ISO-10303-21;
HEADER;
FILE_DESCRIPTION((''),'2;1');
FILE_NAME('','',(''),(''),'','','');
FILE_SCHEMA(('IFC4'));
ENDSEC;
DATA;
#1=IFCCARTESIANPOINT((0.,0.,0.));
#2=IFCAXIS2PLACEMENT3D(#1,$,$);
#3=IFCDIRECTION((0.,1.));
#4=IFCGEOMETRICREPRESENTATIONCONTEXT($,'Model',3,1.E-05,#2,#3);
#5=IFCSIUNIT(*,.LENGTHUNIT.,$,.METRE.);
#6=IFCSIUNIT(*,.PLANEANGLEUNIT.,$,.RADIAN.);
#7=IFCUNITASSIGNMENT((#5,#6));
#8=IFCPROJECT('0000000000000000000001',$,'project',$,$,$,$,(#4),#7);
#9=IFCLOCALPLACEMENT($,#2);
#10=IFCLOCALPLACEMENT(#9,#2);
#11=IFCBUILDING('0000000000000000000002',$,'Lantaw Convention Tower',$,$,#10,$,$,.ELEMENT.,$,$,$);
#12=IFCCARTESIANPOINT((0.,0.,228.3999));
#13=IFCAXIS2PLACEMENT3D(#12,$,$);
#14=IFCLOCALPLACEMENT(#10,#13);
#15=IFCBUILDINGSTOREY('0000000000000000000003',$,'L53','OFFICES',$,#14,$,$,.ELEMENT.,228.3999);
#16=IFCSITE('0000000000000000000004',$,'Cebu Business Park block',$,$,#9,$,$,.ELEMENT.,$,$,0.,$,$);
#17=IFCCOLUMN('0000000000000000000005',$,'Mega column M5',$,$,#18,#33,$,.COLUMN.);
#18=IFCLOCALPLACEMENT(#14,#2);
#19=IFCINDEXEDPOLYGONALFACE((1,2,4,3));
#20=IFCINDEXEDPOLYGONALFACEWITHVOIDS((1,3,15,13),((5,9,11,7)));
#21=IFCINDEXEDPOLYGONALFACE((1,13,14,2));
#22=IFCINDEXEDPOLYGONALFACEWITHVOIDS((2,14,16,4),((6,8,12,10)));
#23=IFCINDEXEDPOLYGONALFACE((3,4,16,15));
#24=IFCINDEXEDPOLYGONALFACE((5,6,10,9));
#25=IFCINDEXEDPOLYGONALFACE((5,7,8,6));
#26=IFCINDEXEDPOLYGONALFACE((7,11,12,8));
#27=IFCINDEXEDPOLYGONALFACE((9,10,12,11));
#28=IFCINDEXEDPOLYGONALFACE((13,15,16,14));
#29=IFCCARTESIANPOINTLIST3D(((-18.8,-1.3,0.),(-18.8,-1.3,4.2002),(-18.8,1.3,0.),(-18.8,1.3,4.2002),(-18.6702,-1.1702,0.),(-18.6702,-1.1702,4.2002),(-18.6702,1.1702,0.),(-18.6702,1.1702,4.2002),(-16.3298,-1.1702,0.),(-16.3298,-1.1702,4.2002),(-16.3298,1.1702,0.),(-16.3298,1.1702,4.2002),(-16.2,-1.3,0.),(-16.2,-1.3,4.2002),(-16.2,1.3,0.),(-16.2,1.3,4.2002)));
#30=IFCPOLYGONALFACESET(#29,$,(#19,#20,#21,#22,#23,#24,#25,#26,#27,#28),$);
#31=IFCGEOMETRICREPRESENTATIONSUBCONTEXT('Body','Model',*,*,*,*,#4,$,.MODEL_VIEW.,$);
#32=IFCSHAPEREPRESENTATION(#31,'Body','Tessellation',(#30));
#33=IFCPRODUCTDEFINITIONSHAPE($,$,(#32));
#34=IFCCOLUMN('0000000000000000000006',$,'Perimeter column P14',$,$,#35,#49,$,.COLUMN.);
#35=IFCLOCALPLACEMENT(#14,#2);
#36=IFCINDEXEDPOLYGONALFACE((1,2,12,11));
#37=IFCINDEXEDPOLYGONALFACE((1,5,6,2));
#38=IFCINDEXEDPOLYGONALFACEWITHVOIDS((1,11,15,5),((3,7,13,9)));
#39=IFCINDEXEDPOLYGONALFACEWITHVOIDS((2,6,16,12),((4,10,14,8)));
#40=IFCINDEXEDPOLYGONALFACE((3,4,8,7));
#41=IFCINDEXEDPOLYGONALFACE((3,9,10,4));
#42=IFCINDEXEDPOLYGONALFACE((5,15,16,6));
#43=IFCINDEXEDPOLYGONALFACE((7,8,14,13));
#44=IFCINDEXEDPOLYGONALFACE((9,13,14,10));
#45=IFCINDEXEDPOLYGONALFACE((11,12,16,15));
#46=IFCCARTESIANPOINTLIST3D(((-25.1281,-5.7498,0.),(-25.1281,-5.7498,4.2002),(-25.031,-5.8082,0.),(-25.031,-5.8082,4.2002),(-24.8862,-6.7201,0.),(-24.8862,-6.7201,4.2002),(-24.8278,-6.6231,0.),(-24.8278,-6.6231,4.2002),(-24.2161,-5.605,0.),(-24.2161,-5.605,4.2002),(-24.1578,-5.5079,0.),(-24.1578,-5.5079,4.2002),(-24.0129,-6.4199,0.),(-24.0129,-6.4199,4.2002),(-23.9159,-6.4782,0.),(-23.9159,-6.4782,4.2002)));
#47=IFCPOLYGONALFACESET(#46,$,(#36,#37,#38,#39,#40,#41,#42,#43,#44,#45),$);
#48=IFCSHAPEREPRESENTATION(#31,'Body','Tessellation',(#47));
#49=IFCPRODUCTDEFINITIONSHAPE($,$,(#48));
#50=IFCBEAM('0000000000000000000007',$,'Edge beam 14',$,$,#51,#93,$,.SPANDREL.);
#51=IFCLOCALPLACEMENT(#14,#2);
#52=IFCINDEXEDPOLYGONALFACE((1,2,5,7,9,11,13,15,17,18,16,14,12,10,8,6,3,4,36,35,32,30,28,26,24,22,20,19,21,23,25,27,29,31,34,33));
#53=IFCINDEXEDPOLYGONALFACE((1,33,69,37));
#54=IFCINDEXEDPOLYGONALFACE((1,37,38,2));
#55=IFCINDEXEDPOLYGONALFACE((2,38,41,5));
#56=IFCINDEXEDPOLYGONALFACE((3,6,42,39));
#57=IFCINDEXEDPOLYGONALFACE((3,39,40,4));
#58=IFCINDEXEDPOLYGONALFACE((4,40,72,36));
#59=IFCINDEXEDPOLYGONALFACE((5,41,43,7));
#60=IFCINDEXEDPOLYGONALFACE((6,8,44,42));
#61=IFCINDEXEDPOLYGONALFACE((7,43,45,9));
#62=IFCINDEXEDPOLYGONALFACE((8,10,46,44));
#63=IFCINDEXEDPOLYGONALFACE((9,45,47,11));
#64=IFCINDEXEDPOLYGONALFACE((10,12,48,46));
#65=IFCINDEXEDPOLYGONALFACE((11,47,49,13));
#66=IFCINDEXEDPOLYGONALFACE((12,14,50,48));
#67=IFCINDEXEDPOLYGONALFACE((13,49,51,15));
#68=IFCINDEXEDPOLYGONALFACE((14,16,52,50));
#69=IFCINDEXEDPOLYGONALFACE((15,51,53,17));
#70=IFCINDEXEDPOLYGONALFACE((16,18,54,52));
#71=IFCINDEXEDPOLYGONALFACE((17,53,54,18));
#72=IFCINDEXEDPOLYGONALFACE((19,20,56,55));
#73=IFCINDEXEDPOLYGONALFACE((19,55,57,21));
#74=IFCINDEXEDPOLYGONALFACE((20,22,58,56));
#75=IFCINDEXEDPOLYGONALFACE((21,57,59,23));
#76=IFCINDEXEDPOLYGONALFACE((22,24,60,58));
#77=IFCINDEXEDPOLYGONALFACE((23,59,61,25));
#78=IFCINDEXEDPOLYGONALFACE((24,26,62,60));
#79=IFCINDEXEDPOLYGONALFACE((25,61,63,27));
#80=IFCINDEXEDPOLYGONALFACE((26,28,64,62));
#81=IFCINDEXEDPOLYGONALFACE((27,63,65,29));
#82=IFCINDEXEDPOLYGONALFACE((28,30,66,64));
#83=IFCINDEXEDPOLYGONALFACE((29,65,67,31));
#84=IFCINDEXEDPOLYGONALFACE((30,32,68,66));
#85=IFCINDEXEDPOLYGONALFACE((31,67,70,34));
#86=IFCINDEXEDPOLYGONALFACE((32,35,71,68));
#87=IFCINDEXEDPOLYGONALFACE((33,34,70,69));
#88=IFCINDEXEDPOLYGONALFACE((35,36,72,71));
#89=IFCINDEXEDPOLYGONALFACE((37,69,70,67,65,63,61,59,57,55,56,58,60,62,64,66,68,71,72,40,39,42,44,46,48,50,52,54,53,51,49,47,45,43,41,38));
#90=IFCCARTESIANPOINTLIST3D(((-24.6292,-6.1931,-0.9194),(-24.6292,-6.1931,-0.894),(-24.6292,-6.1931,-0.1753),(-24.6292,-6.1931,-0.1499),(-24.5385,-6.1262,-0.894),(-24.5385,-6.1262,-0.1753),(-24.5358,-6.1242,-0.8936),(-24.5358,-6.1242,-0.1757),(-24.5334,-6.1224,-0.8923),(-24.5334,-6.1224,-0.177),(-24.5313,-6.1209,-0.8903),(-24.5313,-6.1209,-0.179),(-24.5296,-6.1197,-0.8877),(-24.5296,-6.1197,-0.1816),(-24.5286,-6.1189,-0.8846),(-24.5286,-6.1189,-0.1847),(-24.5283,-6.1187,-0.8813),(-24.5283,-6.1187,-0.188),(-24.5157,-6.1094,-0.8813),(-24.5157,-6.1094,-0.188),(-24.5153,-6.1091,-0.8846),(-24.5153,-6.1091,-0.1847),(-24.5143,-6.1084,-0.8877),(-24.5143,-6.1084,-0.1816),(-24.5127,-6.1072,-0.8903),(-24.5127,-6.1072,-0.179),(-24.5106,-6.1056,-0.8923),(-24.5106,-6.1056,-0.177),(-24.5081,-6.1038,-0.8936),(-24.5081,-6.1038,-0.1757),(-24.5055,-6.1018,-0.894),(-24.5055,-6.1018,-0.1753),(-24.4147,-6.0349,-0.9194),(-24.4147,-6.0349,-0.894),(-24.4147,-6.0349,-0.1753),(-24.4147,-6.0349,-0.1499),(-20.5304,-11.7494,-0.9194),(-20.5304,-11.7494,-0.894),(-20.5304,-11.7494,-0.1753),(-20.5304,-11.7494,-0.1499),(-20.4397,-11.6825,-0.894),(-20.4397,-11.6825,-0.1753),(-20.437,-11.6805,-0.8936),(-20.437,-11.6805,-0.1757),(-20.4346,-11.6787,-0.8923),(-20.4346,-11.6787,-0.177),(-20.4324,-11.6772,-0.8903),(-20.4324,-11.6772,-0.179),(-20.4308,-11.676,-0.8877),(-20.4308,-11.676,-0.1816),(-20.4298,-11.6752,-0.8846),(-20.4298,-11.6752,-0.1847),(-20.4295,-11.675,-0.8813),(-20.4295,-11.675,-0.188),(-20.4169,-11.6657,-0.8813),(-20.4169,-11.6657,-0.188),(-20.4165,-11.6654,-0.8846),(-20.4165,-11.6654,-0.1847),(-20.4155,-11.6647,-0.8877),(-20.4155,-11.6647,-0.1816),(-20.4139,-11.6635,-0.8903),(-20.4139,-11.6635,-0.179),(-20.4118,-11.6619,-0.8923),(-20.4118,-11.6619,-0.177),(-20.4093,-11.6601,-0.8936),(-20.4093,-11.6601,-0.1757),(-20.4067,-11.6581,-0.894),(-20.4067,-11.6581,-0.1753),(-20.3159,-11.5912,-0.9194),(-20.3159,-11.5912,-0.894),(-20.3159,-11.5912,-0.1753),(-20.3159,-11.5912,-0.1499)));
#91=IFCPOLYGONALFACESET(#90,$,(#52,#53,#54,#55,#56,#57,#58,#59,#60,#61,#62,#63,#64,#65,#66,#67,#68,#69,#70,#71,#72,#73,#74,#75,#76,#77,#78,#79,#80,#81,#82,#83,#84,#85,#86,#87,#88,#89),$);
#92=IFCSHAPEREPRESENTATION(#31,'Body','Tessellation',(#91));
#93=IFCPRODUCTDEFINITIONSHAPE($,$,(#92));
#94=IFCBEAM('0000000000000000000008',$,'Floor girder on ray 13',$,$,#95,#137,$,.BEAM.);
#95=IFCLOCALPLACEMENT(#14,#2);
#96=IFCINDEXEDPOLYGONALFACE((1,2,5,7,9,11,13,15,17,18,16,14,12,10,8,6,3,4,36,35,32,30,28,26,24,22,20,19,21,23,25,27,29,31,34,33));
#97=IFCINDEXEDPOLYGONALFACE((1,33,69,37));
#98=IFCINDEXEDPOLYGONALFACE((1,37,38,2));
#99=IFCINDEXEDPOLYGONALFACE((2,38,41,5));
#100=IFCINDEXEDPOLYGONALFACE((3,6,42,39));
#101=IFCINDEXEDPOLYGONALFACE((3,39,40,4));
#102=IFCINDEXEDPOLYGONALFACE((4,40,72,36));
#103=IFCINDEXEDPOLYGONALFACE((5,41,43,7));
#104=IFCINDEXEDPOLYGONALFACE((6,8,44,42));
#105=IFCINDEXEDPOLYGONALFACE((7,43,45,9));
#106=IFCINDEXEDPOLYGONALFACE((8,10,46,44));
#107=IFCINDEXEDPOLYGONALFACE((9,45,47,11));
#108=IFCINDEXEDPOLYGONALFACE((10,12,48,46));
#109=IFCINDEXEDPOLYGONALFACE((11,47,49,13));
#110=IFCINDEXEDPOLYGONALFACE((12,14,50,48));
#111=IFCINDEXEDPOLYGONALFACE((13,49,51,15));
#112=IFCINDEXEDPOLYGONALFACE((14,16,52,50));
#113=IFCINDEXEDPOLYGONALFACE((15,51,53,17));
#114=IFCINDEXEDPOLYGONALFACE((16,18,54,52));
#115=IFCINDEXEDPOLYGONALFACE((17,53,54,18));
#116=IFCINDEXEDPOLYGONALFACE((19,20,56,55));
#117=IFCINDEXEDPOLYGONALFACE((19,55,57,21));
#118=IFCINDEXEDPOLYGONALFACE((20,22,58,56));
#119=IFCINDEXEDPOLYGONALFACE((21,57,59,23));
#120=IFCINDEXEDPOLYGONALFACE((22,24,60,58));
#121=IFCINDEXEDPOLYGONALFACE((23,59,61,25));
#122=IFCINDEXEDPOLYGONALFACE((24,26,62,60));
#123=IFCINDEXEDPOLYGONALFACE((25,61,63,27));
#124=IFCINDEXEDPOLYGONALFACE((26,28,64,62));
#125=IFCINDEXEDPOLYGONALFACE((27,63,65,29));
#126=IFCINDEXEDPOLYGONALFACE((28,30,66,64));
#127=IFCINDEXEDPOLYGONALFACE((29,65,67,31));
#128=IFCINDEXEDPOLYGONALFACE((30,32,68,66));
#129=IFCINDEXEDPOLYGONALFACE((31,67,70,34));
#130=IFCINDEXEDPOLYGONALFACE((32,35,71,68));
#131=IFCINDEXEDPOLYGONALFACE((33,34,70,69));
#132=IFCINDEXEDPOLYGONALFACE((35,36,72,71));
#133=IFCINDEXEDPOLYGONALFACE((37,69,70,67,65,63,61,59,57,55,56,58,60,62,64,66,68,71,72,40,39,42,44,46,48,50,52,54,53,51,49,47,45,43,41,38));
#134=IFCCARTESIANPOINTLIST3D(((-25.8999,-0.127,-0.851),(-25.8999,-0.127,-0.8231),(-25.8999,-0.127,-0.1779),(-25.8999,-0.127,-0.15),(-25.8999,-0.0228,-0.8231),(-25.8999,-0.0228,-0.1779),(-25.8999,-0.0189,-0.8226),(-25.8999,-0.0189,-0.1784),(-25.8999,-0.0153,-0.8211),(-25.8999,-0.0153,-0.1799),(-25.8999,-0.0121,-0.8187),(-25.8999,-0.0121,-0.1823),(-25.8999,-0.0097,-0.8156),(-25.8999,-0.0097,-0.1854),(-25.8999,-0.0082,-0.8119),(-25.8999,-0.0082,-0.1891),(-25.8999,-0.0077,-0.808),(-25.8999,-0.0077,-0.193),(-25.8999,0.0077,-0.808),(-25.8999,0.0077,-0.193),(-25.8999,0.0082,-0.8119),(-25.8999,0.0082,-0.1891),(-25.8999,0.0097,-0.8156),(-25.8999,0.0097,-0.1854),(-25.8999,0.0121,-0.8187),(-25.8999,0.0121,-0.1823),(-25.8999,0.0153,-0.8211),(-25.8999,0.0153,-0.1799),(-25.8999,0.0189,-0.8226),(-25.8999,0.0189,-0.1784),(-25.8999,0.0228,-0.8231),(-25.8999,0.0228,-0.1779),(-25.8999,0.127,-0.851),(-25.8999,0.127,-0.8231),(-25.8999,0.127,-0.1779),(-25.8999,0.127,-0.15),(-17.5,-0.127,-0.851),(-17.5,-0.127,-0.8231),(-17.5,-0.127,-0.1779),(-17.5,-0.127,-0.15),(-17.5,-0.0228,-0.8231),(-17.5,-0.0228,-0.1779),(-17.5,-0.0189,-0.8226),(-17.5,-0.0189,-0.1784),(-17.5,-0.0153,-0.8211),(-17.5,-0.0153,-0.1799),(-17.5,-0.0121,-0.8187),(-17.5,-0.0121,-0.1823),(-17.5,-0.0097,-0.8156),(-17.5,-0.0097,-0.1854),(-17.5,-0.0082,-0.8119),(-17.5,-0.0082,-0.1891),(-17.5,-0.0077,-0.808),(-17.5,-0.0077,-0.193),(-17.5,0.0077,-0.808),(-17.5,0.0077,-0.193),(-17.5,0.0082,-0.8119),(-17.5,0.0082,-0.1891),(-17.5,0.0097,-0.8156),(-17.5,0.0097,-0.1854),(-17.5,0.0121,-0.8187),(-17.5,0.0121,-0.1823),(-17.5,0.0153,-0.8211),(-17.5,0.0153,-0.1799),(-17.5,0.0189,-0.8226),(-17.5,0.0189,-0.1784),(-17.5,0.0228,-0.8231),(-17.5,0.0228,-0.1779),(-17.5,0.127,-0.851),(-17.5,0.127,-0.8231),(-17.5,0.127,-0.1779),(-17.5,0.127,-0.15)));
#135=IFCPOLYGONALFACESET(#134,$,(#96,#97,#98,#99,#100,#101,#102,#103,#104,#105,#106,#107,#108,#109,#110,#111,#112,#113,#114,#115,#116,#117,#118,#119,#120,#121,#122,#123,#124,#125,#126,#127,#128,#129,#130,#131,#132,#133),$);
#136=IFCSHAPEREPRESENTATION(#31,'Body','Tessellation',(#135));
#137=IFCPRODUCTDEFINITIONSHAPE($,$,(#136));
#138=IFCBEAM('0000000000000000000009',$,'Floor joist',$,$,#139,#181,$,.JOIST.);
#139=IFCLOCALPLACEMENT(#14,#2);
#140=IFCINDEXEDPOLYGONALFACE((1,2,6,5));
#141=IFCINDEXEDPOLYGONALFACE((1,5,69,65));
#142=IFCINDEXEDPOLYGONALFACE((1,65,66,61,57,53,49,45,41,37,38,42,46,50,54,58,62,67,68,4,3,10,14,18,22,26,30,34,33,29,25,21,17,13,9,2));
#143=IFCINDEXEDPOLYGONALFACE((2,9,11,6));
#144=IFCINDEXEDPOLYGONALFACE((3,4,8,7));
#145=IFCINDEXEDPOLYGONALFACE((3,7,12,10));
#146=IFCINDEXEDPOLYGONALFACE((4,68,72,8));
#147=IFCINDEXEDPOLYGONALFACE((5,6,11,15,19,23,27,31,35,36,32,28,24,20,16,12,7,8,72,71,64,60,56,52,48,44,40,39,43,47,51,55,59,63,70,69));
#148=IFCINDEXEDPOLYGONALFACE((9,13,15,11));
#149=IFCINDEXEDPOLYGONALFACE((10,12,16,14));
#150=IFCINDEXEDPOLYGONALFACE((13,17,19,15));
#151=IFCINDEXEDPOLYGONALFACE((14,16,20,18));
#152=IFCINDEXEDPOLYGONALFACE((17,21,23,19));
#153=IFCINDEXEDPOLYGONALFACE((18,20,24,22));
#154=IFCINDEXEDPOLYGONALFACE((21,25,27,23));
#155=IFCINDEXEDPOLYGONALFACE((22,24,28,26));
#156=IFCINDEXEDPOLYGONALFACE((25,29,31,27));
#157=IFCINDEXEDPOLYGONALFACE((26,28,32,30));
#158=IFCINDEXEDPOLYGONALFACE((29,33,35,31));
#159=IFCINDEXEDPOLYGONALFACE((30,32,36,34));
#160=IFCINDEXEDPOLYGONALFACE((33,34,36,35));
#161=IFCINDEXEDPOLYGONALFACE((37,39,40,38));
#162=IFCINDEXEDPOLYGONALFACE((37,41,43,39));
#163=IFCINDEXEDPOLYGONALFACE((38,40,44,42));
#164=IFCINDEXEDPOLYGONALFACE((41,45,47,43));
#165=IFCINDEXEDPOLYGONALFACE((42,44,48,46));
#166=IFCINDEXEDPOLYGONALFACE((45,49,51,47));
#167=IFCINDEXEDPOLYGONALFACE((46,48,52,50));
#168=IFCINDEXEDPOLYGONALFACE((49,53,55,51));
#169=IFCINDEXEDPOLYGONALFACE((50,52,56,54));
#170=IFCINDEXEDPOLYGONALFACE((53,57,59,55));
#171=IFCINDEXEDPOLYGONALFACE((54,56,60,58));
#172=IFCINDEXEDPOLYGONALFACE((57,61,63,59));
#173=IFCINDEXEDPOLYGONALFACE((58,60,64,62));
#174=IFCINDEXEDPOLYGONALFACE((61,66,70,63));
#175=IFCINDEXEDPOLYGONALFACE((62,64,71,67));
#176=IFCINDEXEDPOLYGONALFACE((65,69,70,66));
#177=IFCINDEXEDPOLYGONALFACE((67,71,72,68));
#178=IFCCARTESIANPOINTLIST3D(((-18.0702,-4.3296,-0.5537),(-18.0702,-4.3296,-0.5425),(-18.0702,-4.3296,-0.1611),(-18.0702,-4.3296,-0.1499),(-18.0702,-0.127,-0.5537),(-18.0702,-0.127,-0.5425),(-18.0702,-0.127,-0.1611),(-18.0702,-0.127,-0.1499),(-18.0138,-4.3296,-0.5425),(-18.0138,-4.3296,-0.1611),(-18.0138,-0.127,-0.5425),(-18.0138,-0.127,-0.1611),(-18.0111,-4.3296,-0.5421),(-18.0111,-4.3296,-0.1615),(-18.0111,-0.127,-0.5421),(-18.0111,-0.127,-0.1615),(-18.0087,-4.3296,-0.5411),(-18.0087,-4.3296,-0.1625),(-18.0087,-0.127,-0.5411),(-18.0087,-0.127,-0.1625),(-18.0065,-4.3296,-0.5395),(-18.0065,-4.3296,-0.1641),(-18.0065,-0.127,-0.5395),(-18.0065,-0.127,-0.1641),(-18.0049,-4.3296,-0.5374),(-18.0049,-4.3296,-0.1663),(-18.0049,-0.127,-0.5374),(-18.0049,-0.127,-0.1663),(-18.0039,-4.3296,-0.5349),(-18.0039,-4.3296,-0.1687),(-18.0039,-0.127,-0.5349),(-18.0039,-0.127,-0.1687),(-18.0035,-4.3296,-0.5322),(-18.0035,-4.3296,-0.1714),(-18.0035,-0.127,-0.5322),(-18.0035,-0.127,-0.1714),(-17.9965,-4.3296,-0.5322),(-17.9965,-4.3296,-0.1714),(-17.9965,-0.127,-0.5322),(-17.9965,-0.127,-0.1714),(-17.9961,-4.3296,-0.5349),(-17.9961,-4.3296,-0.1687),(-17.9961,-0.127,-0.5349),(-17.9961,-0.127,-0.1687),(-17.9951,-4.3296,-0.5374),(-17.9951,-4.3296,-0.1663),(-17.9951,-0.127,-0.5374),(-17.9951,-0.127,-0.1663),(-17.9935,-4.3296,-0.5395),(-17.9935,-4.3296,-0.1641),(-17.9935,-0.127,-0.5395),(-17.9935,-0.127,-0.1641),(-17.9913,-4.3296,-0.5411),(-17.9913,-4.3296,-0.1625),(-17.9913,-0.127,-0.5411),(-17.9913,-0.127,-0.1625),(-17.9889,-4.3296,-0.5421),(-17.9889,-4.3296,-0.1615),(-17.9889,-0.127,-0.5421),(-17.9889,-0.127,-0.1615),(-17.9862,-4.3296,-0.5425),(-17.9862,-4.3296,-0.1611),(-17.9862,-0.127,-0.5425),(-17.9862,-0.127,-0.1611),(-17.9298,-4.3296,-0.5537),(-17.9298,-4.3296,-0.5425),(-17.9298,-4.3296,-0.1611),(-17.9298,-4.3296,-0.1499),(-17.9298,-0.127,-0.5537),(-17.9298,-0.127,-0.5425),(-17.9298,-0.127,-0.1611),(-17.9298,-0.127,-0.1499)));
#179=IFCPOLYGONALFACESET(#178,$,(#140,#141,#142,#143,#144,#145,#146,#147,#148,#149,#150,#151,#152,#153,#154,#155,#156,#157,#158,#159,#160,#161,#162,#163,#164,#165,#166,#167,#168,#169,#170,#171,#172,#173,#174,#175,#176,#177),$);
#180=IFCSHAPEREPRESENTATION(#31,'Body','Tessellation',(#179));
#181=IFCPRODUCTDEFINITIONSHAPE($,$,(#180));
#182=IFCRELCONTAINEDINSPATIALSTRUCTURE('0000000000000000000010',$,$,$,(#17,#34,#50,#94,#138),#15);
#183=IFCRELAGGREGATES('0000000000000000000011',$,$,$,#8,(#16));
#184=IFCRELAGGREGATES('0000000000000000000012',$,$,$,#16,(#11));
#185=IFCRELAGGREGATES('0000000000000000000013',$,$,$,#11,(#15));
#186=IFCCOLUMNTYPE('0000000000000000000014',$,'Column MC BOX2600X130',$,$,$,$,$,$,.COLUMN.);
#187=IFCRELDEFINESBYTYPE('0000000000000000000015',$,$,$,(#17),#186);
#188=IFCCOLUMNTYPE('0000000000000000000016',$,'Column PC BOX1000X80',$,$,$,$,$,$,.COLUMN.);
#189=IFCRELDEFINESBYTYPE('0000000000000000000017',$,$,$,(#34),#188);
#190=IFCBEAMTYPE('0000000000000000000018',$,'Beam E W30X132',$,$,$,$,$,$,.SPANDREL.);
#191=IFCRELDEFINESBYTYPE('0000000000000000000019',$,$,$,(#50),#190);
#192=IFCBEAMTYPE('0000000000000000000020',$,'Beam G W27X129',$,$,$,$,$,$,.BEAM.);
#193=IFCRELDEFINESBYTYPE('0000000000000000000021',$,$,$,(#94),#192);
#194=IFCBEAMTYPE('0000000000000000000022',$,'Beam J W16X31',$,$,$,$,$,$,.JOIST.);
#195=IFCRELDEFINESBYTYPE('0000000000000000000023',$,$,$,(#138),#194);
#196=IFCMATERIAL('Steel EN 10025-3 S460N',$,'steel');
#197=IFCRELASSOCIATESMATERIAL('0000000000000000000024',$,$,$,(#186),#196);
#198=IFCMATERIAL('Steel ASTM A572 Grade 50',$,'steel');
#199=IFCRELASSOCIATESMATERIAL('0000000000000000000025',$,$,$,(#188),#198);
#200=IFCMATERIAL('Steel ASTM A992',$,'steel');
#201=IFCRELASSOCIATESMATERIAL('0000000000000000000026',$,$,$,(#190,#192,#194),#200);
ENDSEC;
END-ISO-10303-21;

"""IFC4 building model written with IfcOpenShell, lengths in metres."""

from ifc_helpers import new_model, si_unit, direction, frame, origin, origin_2d, place, context, subcontext, project, spatial, rectangle, hollow_rectangle, i_section, extrude, material, material_profile, profile_set, type_object, element, save


model = new_model("IFC4")

# Units and contexts
model_context = context("Model", 3, precision=1e-05, world=origin(), true_north=direction((0.0, 1.0)))
body_context = subcontext(model_context, "Body", "Model", "MODEL_VIEW")
ifc_project = project(units=[si_unit("LENGTHUNIT", "METRE"), si_unit("PLANEANGLEUNIT", "RADIAN")], contexts=[model_context])

# Site, building, storey
site_placement = place(None, origin())
site = spatial("IfcSite", under=ifc_project, at=site_placement, Name="Cebu Business Park block", CompositionType="ELEMENT", RefElevation=0.0)
building_placement = place(site_placement, origin())
building = spatial("IfcBuilding", under=site, at=building_placement, Name="Lantaw Convention Tower", CompositionType="ELEMENT")
storey_placement = place(building_placement, frame((0.0, 0.0, 228.3999)))
storey = spatial("IfcBuildingStorey", under=building, at=storey_placement, Name="L53", Description="OFFICES", CompositionType="ELEMENT", Elevation=228.3999)

# Columns
ifc_material_1 = material(Name="Steel EN 10025-3 S460N", Category="steel")
ifc_material_profile_1 = material_profile(ifc_material_1, hollow_rectangle(XDim=2.6001, YDim=2.6001, WallThickness=0.1299, at=origin_2d()), Name="BOX2600X130")
ifc_material_2 = material(Name="Concrete C60/75", Category="concrete")
ifc_material_profile_2 = material_profile(ifc_material_2, rectangle(XDim=2.3401, YDim=2.3401, at=origin_2d()), Name="Concrete fill of BOX2600X130")
ifc_profile_set_1 = profile_set([ifc_material_profile_1, ifc_material_profile_2], Name="Steel EN 10025-3 S460N")
column_type_1 = type_object("IfcColumnType", Name="Column MC BOX2600X130", PredefinedType="COLUMN", material=ifc_profile_set_1)
column_1_placement = place(storey_placement, frame((-17.5, 0.0, 0.0), z_axis=(0.0, 0.0, 1.0), x_axis=(1.0, 0.0, 0.0)))
element("IfcColumn", 1, at=column_1_placement, inside=storey, type_object=column_type_1, Name="Mega column M5", PredefinedType="COLUMN", context=body_context, shape_type="SweptSolid", body=[
    extrude(hollow_rectangle(XDim=2.6001, YDim=2.6001, WallThickness=0.1299, at=origin_2d()), origin(), (0.0, 0.0, 1.0), 4.2002),
])
ifc_material_3 = material(Name="Steel ASTM A572 Grade 50", Category="steel")
ifc_material_profile_3 = material_profile(ifc_material_3, hollow_rectangle(XDim=1.0, YDim=1.0, WallThickness=0.0801, at=origin_2d()), Name="BOX1000X80")
ifc_material_profile_4 = material_profile(ifc_material_2, rectangle(XDim=0.8401, YDim=0.8401, at=origin_2d()), Name="Concrete fill of BOX1000X80")
ifc_profile_set_2 = profile_set([ifc_material_profile_3, ifc_material_profile_4], Name="Steel ASTM A572 Grade 50")
column_type_2 = type_object("IfcColumnType", Name="Column PC BOX1000X80", PredefinedType="COLUMN", material=ifc_profile_set_2)
column_2_placement = place(storey_placement, frame((-24.522, -6.114, 0.0), z_axis=(0.0, 0.0, 1.0), x_axis=(0.970296, 0.241922, 0.0)))
element("IfcColumn", 2, at=column_2_placement, inside=storey, type_object=column_type_2, Name="Perimeter column P14", PredefinedType="COLUMN", context=body_context, shape_type="SweptSolid", body=[
    extrude(hollow_rectangle(XDim=1.0, YDim=1.0, WallThickness=0.0801, at=origin_2d()), origin(), (0.0, 0.0, 1.0), 4.2002),
])

# Beams
ifc_material_4 = material(Name="Steel ASTM A992", Category="steel")
ifc_material_profile_5 = material_profile(ifc_material_4, i_section(OverallWidth=0.2666, OverallDepth=0.7695, WebThickness=0.0156, FlangeThickness=0.0254, FilletRadius=0.0127, at=origin_2d()), Name="W30X132")
ifc_profile_set_3 = profile_set([ifc_material_profile_5], Name="Steel ASTM A992")
beam_type_1 = type_object("IfcBeamType", Name="Beam E W30X132", PredefinedType="SPANDREL", material=ifc_profile_set_3)
beam_1_placement = place(storey_placement, frame((-24.522, -6.114, -0.5347), z_axis=(0.593639, -0.804731, 0.0), x_axis=(0.804731, 0.593639, 0.0)))
element("IfcBeam", 3, at=beam_1_placement, inside=storey, type_object=beam_type_1, Name="Edge beam 14", PredefinedType="SPANDREL", context=body_context, shape_type="SweptSolid", body=[
    extrude(i_section(OverallWidth=0.2666, OverallDepth=0.7695, WebThickness=0.0156, FlangeThickness=0.0254, FilletRadius=0.0127, at=origin_2d()), origin(), (0.0, 0.0, 1.0), 6.9045),
])
ifc_material_profile_6 = material_profile(ifc_material_4, i_section(OverallWidth=0.2539, OverallDepth=0.7009, WebThickness=0.0154, FlangeThickness=0.0278, FilletRadius=0.0151, at=origin_2d()), Name="W27X129")
ifc_profile_set_4 = profile_set([ifc_material_profile_6], Name="Steel ASTM A992")
beam_type_2 = type_object("IfcBeamType", Name="Beam G W27X129", PredefinedType="BEAM", material=ifc_profile_set_4)
beam_2_placement = place(storey_placement, frame((-17.5, 0.0, -0.5005), z_axis=(-1.0, 0.0, 0.0), x_axis=(0.0, -1.0, 0.0)))
element("IfcBeam", 4, at=beam_2_placement, inside=storey, type_object=beam_type_2, Name="Floor girder on ray 13", PredefinedType="BEAM", context=body_context, shape_type="SweptSolid", body=[
    extrude(i_section(OverallWidth=0.2539, OverallDepth=0.7009, WebThickness=0.0154, FlangeThickness=0.0278, FilletRadius=0.0151, at=origin_2d()), origin(), (0.0, 0.0, 1.0), 8.3999),
])
ifc_material_profile_7 = material_profile(ifc_material_4, i_section(OverallWidth=0.1404, OverallDepth=0.4038, WebThickness=0.0071, FlangeThickness=0.0112, FilletRadius=0.0103, at=origin_2d()), Name="W16X31")
ifc_profile_set_5 = profile_set([ifc_material_profile_7], Name="Steel ASTM A992")
beam_type_3 = type_object("IfcBeamType", Name="Beam J W16X31", PredefinedType="JOIST", material=ifc_profile_set_5)
beam_3_placement = place(storey_placement, frame((-18.0, -4.3296, -0.3518), z_axis=(0.0, 1.0, 0.0), x_axis=(-1.0, 0.0, 0.0)))
element("IfcBeam", 5, at=beam_3_placement, inside=storey, type_object=beam_type_3, Name="Floor joist", PredefinedType="JOIST", context=body_context, shape_type="SweptSolid", body=[
    extrude(i_section(OverallWidth=0.1404, OverallDepth=0.4038, WebThickness=0.0071, FlangeThickness=0.0112, FilletRadius=0.0103, at=origin_2d()), origin(), (0.0, 0.0, 1.0), 4.2026),
])

save(model, "model.ifc")
